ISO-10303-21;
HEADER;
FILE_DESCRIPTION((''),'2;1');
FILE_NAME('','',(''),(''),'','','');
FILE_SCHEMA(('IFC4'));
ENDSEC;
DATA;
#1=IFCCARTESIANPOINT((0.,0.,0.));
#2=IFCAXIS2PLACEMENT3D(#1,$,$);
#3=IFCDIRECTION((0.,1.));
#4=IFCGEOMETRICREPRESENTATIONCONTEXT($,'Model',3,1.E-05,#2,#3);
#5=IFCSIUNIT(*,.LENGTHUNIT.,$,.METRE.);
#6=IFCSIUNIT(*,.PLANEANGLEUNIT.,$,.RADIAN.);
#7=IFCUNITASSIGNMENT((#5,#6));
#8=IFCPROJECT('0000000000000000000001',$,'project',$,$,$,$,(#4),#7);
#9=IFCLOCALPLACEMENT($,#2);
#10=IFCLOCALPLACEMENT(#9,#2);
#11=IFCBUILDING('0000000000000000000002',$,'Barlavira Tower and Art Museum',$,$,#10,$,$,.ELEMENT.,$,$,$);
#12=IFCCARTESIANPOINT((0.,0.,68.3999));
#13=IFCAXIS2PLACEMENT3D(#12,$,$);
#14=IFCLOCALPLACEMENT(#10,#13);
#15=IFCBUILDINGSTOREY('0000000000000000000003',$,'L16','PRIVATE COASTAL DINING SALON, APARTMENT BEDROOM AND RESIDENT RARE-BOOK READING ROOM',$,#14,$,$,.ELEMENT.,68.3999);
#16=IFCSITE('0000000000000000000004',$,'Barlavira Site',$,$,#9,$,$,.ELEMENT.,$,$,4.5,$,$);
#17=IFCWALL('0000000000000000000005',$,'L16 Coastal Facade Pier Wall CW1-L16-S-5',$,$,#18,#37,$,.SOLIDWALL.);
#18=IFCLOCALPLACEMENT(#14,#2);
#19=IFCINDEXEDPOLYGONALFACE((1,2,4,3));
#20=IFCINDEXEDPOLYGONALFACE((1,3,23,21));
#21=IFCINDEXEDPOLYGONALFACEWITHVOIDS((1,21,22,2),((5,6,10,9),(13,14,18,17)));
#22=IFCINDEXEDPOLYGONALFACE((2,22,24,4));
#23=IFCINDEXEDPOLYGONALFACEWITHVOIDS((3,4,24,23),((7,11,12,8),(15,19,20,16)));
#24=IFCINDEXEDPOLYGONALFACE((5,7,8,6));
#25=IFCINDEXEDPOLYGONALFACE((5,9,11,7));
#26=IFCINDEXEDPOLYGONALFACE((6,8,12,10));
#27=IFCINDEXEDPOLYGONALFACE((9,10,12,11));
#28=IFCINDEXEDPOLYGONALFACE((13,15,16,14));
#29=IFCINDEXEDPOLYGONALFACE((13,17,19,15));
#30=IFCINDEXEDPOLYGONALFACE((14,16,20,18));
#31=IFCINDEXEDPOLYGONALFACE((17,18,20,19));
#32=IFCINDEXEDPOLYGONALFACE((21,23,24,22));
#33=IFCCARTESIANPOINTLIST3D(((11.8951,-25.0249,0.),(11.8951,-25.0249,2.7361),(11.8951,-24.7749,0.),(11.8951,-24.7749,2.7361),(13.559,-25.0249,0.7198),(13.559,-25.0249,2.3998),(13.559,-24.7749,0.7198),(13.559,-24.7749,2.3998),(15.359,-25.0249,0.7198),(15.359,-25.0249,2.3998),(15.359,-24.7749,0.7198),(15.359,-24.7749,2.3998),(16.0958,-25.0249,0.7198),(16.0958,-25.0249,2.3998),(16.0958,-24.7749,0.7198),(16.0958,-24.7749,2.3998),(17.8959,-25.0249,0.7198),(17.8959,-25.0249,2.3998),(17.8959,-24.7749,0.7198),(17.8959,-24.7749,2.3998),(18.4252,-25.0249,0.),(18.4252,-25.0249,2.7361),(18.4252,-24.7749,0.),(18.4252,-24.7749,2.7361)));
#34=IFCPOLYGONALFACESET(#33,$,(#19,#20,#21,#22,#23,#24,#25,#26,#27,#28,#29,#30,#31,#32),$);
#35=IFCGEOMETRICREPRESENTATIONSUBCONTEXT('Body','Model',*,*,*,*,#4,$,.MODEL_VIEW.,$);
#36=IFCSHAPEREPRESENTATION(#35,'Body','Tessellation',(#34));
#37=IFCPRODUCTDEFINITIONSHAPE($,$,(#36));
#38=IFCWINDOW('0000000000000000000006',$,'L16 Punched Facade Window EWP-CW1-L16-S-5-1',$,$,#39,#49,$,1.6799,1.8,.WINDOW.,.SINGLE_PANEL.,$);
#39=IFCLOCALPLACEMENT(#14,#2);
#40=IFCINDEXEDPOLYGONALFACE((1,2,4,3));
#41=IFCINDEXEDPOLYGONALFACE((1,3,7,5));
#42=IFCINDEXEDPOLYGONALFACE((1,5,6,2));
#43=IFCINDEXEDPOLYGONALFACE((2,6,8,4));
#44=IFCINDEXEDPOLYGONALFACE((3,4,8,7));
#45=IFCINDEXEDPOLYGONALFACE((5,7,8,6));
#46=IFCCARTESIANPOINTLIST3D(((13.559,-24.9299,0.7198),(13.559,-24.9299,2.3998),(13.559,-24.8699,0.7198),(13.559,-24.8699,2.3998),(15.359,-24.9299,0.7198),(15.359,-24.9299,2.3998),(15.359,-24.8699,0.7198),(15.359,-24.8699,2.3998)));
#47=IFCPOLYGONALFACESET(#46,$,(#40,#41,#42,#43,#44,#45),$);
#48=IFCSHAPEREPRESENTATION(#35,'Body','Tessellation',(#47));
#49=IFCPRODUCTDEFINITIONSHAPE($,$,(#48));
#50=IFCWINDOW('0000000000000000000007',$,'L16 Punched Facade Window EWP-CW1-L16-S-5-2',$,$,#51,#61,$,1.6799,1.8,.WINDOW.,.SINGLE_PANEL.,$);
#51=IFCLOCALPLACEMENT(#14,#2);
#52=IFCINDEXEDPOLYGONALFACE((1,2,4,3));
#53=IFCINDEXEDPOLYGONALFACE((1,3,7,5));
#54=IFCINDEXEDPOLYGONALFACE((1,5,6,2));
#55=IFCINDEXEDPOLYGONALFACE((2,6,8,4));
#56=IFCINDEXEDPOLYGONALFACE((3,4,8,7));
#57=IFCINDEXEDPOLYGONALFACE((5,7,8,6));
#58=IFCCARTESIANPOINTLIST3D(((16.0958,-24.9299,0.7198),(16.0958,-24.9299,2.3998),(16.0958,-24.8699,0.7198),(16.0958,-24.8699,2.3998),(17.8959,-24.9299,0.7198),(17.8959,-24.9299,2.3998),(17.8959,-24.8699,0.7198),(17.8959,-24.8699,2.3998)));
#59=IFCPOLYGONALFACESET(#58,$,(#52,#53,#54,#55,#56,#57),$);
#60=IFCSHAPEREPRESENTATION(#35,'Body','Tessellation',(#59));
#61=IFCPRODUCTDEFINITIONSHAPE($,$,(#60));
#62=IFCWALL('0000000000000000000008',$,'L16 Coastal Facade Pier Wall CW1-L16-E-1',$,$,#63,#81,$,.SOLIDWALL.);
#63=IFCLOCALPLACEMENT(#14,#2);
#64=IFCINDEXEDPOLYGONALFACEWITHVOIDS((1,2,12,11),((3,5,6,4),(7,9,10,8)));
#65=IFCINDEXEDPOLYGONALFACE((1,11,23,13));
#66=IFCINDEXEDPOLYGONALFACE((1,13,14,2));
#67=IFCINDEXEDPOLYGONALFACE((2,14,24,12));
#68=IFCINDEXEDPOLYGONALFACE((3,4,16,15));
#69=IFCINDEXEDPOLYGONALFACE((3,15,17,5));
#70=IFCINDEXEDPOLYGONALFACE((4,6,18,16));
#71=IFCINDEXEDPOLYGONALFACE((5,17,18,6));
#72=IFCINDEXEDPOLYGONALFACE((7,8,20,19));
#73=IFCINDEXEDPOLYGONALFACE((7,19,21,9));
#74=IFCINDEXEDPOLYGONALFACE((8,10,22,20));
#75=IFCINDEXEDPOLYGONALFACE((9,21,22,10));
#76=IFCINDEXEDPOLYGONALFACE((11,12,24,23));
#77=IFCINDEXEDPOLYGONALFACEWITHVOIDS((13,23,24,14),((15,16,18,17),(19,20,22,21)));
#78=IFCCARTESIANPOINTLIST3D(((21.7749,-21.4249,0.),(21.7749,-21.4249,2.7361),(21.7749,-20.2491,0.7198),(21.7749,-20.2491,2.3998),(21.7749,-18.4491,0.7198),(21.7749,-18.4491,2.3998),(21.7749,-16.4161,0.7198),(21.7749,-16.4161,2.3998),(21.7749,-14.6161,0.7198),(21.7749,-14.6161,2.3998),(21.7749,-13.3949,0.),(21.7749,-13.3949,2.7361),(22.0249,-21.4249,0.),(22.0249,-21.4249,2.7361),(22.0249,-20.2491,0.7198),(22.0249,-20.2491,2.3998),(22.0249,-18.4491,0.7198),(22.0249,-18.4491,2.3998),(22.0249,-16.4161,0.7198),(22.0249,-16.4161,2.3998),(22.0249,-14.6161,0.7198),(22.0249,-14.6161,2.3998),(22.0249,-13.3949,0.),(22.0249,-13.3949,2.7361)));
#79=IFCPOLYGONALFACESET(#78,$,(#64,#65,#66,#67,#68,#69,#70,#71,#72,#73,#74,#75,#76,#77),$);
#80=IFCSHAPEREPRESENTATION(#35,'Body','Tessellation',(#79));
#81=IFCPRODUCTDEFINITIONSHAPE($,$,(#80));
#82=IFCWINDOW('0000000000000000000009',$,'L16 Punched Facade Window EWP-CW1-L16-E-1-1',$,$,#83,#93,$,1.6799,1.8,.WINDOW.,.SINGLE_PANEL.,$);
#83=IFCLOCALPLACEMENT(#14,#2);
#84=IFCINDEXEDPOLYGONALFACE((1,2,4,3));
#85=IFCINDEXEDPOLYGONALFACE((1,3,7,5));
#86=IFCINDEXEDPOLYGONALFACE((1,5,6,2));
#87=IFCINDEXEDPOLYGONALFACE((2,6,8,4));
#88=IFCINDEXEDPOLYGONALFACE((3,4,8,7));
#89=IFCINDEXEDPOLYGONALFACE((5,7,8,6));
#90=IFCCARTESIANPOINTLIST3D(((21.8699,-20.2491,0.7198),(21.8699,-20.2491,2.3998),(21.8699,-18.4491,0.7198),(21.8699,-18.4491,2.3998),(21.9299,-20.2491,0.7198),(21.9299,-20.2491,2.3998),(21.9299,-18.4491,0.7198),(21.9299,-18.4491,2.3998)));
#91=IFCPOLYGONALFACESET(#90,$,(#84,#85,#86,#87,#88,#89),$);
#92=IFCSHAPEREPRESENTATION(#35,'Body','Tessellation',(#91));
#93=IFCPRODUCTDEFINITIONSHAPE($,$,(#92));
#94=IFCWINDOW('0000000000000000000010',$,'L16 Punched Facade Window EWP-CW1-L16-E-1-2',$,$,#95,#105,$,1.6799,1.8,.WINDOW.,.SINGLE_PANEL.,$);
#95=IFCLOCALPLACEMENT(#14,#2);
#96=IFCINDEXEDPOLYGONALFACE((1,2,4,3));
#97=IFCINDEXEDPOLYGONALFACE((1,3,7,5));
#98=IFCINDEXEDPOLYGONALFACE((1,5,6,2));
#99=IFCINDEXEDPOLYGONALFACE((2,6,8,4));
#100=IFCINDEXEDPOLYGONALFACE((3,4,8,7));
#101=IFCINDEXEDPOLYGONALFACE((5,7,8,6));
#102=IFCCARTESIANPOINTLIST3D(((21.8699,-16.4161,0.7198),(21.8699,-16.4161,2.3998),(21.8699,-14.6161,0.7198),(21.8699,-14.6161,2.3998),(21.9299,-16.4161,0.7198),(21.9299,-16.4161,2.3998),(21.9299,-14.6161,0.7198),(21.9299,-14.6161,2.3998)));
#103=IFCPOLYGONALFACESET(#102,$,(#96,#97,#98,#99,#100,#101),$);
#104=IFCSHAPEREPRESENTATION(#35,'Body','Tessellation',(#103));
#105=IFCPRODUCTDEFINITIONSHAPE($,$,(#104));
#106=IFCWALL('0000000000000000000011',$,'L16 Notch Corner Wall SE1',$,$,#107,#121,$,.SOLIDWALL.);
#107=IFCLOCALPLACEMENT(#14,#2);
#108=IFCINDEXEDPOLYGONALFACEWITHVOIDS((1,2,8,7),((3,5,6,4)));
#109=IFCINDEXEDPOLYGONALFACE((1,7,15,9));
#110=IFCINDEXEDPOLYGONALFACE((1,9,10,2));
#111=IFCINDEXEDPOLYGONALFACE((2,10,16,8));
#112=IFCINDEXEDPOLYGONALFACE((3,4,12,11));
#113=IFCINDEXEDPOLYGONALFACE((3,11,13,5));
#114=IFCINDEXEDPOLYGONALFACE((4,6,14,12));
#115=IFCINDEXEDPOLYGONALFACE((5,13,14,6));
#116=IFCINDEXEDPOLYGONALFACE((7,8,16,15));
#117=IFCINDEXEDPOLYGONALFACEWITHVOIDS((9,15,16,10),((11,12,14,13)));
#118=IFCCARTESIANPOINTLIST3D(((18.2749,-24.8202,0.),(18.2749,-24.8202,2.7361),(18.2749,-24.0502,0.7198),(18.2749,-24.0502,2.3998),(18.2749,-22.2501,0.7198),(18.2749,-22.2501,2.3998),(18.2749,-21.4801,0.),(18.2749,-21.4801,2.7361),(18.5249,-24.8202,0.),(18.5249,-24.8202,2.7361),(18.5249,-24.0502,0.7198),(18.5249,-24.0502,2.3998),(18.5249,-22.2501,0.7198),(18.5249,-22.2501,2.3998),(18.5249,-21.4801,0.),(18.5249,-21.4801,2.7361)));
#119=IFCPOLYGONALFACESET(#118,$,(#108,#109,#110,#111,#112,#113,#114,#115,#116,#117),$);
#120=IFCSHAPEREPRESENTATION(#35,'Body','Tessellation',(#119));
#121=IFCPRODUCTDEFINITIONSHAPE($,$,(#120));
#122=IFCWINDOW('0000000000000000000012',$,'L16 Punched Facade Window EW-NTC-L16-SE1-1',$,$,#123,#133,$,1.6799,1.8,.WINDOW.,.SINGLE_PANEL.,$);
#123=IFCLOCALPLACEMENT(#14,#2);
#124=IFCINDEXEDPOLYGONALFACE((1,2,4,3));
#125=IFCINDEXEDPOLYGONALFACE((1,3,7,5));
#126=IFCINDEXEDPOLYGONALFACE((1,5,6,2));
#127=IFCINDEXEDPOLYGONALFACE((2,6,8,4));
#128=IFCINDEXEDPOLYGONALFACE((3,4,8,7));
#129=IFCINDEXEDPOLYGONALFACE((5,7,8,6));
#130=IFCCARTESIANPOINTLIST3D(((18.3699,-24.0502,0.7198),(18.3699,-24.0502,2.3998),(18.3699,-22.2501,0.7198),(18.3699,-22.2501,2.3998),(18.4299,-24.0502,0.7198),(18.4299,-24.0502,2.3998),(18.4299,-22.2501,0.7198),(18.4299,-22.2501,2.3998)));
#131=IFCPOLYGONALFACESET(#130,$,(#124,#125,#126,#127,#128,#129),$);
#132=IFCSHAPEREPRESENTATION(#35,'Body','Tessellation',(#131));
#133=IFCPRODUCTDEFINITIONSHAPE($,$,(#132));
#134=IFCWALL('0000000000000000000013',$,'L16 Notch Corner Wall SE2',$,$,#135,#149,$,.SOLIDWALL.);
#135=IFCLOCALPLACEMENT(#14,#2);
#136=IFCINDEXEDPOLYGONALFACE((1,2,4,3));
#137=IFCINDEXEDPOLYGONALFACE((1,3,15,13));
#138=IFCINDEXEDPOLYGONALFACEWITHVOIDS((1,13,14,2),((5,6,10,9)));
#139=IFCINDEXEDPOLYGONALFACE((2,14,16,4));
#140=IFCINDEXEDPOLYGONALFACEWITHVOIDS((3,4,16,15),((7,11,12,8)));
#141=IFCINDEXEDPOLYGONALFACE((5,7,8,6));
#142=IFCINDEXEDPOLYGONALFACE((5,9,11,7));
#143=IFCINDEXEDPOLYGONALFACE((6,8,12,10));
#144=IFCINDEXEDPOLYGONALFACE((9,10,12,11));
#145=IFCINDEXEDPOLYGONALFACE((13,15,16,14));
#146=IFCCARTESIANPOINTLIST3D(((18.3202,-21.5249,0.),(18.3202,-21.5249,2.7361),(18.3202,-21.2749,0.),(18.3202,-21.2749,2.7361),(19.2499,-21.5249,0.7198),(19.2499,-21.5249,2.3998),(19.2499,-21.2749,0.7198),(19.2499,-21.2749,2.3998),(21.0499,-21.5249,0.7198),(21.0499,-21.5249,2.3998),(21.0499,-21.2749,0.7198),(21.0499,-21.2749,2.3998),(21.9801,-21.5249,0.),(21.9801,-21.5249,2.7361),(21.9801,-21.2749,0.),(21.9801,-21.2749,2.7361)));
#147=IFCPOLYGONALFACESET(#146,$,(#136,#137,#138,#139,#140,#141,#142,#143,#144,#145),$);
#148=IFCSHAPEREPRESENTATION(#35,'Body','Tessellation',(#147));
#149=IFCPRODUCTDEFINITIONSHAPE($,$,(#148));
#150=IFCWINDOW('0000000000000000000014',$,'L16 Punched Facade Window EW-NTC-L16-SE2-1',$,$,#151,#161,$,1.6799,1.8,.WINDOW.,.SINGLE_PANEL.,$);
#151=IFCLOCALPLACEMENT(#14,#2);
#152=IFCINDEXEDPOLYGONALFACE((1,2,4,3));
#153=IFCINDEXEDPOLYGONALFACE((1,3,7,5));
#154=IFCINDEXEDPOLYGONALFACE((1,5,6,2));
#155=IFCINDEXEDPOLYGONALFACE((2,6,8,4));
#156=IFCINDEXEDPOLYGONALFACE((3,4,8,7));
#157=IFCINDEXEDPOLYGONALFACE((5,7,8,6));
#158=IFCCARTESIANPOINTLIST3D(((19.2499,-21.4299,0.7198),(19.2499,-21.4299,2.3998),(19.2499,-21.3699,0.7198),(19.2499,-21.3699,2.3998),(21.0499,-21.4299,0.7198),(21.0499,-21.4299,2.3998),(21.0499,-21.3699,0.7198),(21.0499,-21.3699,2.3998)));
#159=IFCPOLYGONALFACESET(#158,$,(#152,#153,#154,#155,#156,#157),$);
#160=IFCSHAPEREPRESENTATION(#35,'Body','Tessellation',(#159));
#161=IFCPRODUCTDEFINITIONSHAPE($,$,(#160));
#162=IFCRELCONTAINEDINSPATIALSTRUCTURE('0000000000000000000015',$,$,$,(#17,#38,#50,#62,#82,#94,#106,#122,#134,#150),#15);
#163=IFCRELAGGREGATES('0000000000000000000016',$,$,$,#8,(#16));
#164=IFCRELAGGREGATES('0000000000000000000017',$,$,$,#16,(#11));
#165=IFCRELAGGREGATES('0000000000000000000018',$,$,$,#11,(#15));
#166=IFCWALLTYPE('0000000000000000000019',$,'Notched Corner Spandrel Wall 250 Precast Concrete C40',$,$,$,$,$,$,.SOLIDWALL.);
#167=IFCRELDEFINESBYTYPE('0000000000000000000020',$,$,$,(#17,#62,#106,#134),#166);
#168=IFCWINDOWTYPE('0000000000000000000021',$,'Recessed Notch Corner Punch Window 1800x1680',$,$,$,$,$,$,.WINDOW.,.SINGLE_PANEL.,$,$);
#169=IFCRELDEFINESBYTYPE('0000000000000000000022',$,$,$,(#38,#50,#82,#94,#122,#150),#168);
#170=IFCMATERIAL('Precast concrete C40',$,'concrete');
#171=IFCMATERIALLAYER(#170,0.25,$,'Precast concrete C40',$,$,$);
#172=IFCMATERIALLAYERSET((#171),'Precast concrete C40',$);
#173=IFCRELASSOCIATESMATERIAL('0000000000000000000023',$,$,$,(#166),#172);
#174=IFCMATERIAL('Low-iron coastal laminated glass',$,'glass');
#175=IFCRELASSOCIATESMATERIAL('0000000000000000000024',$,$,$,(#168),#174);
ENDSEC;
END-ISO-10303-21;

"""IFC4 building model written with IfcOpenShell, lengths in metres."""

from ifc_helpers import new_model, si_unit, direction, frame, frame_2d, origin, place, context, subcontext, project, spatial, rectangle, extrude, material, layer, layer_set, type_object, element, fill, save


model = new_model("IFC4")

# Units and contexts
model_context = context("Model", 3, precision=1e-05, world=origin(), true_north=direction((0.0, 1.0)))
body_context = subcontext(model_context, "Body", "Model", "MODEL_VIEW")
ifc_project = project(units=[si_unit("LENGTHUNIT", "METRE"), si_unit("PLANEANGLEUNIT", "RADIAN")], contexts=[model_context])

# Site, building, storey
site_placement = place(None, origin())
site = spatial("IfcSite", under=ifc_project, at=site_placement, Name="Barlavira Site", CompositionType="ELEMENT", RefElevation=4.5)
building_placement = place(site_placement, origin())
building = spatial("IfcBuilding", under=site, at=building_placement, Name="Barlavira Tower and Art Museum", CompositionType="ELEMENT")
storey_placement = place(building_placement, frame((0.0, 0.0, 68.3999)))
storey = spatial("IfcBuildingStorey", under=building, at=storey_placement, Name="L16", Description="PRIVATE COASTAL DINING SALON, APARTMENT BEDROOM AND RESIDENT RARE-BOOK READING ROOM", CompositionType="ELEMENT", Elevation=68.3999)

# Walls, openings, windows
ifc_material_1 = material(Name="Precast concrete C40", Category="concrete")
ifc_layer_1 = layer(ifc_material_1, 0.25, Name="Precast concrete C40")
ifc_layer_set_1 = layer_set([ifc_layer_1], Name="Precast concrete C40")
wall_type_1 = type_object("IfcWallType", Name="Notched Corner Spandrel Wall 250 Precast Concrete C40", PredefinedType="SOLIDWALL", material=ifc_layer_set_1)
wall_1_placement = place(storey_placement, frame((11.895, -24.8999, 0.0), z_axis=(0.0, 0.0, 1.0), x_axis=(1.0, 0.0, 0.0)))
wall_1 = element("IfcWall", 1, at=wall_1_placement, inside=storey, type_object=wall_type_1, Name="L16 Coastal Facade Pier Wall CW1-L16-S-5", PredefinedType="SOLIDWALL", context=body_context, shape_type="SweptSolid", body=[
    extrude(rectangle(XDim=6.53, YDim=0.25, at=frame_2d((3.2651, 0.0))), origin(), (0.0, 0.0, 1.0), 2.7361),
])
opening_1_placement = place(wall_1_placement, frame((1.6641, 0.0, 0.72)))
opening_1 = element("IfcOpeningElement", 2, at=opening_1_placement, cuts=wall_1, PredefinedType="OPENING", context=body_context, shape_type="SweptSolid", body=[
    extrude(rectangle(XDim=1.8, YDim=1.6799, at=frame_2d((0.8999, 0.8398))), frame((0.0, 0.135, 0.0), z_axis=(0.0, -1.0, 0.0), x_axis=(1.0, 0.0, 0.0)), (0.0, 0.0, 1.0), 0.27),
])
opening_2_placement = place(wall_1_placement, frame((4.2009, 0.0, 0.72)))
opening_2 = element("IfcOpeningElement", 3, at=opening_2_placement, cuts=wall_1, PredefinedType="OPENING", context=body_context, shape_type="SweptSolid", body=[
    extrude(rectangle(XDim=1.8, YDim=1.6799, at=frame_2d((0.8999, 0.8398))), frame((0.0, 0.135, 0.0), z_axis=(0.0, -1.0, 0.0), x_axis=(1.0, 0.0, 0.0)), (0.0, 0.0, 1.0), 0.27),
])
ifc_material_2 = material(Name="Low-iron coastal laminated glass", Category="glass")
window_type = type_object("IfcWindowType", Name="Recessed Notch Corner Punch Window 1800x1680", PartitioningType="SINGLE_PANEL", PredefinedType="WINDOW", material=ifc_material_2)
window_1_placement = place(opening_1_placement, origin())
window_1 = element("IfcWindow", 4, at=window_1_placement, inside=storey, type_object=window_type, Name="L16 Punched Facade Window EWP-CW1-L16-S-5-1", OverallHeight=1.6799, OverallWidth=1.8, PartitioningType="SINGLE_PANEL", PredefinedType="WINDOW", context=body_context, shape_type="SweptSolid", body=[
    extrude(rectangle(XDim=1.8, YDim=1.6799, at=frame_2d((0.8999, 0.8398))), frame((0.0, 0.03, 0.0), z_axis=(0.0, -1.0, 0.0), x_axis=(1.0, 0.0, 0.0)), (0.0, 0.0, 1.0), 0.0601),
])
fill(opening_1, window_1)
window_2_placement = place(opening_2_placement, origin())
window_2 = element("IfcWindow", 5, at=window_2_placement, inside=storey, type_object=window_type, Name="L16 Punched Facade Window EWP-CW1-L16-S-5-2", OverallHeight=1.6799, OverallWidth=1.8, PartitioningType="SINGLE_PANEL", PredefinedType="WINDOW", context=body_context, shape_type="SweptSolid", body=[
    extrude(rectangle(XDim=1.8, YDim=1.6799, at=frame_2d((0.8999, 0.8398))), frame((0.0, 0.03, 0.0), z_axis=(0.0, -1.0, 0.0), x_axis=(1.0, 0.0, 0.0)), (0.0, 0.0, 1.0), 0.0601),
])
fill(opening_2, window_2)
wall_2_placement = place(storey_placement, frame((21.8999, -21.425, 0.0), z_axis=(0.0, 0.0, 1.0), x_axis=(0.0, 1.0, 0.0)))
wall_2 = element("IfcWall", 6, at=wall_2_placement, inside=storey, type_object=wall_type_1, Name="L16 Coastal Facade Pier Wall CW1-L16-E-1", PredefinedType="SOLIDWALL", context=body_context, shape_type="SweptSolid", body=[
    extrude(rectangle(XDim=8.03, YDim=0.25, at=frame_2d((4.0151, 0.0))), origin(), (0.0, 0.0, 1.0), 2.7361),
])
opening_3_placement = place(wall_2_placement, frame((1.176, 0.0, 0.72)))
opening_3 = element("IfcOpeningElement", 7, at=opening_3_placement, cuts=wall_2, PredefinedType="OPENING", context=body_context, shape_type="SweptSolid", body=[
    extrude(rectangle(XDim=1.8, YDim=1.6799, at=frame_2d((0.8999, 0.8398))), frame((0.0, 0.135, 0.0), z_axis=(0.0, -1.0, 0.0), x_axis=(1.0, 0.0, 0.0)), (0.0, 0.0, 1.0), 0.27),
])
opening_4_placement = place(wall_2_placement, frame((5.009, 0.0, 0.72)))
opening_4 = element("IfcOpeningElement", 8, at=opening_4_placement, cuts=wall_2, PredefinedType="OPENING", context=body_context, shape_type="SweptSolid", body=[
    extrude(rectangle(XDim=1.8, YDim=1.6799, at=frame_2d((0.8999, 0.8398))), frame((0.0, 0.135, 0.0), z_axis=(0.0, -1.0, 0.0), x_axis=(1.0, 0.0, 0.0)), (0.0, 0.0, 1.0), 0.27),
])
window_3_placement = place(opening_3_placement, origin())
window_3 = element("IfcWindow", 9, at=window_3_placement, inside=storey, type_object=window_type, Name="L16 Punched Facade Window EWP-CW1-L16-E-1-1", OverallHeight=1.6799, OverallWidth=1.8, PartitioningType="SINGLE_PANEL", PredefinedType="WINDOW", context=body_context, shape_type="SweptSolid", body=[
    extrude(rectangle(XDim=1.8, YDim=1.6799, at=frame_2d((0.8999, 0.8398))), frame((0.0, 0.03, 0.0), z_axis=(0.0, -1.0, 0.0), x_axis=(1.0, 0.0, 0.0)), (0.0, 0.0, 1.0), 0.0601),
])
fill(opening_3, window_3)
window_4_placement = place(opening_4_placement, origin())
window_4 = element("IfcWindow", 10, at=window_4_placement, inside=storey, type_object=window_type, Name="L16 Punched Facade Window EWP-CW1-L16-E-1-2", OverallHeight=1.6799, OverallWidth=1.8, PartitioningType="SINGLE_PANEL", PredefinedType="WINDOW", context=body_context, shape_type="SweptSolid", body=[
    extrude(rectangle(XDim=1.8, YDim=1.6799, at=frame_2d((0.8999, 0.8398))), frame((0.0, 0.03, 0.0), z_axis=(0.0, -1.0, 0.0), x_axis=(1.0, 0.0, 0.0)), (0.0, 0.0, 1.0), 0.0601),
])
fill(opening_4, window_4)

# Walls, openings, windows
wall_3_placement = place(storey_placement, frame((18.3999, -24.8201, 0.0), z_axis=(0.0, 0.0, 1.0), x_axis=(0.0, 1.0, 0.0)))
wall_3 = element("IfcWall", 11, at=wall_3_placement, inside=storey, type_object=wall_type_1, Name="L16 Notch Corner Wall SE1", PredefinedType="SOLIDWALL", context=body_context, shape_type="SweptSolid", body=[
    extrude(rectangle(XDim=3.3401, YDim=0.25, at=frame_2d((1.6699, 0.0))), origin(), (0.0, 0.0, 1.0), 2.7361),
])
opening_5_placement = place(wall_3_placement, frame((0.77, 0.0, 0.72)))
opening_5 = element("IfcOpeningElement", 12, at=opening_5_placement, cuts=wall_3, PredefinedType="OPENING", context=body_context, shape_type="SweptSolid", body=[
    extrude(rectangle(XDim=1.8, YDim=1.6799, at=frame_2d((0.8999, 0.8398))), frame((0.0, 0.135, 0.0), z_axis=(0.0, -1.0, 0.0), x_axis=(1.0, 0.0, 0.0)), (0.0, 0.0, 1.0), 0.27),
])
window_5_placement = place(opening_5_placement, origin())
window_5 = element("IfcWindow", 13, at=window_5_placement, inside=storey, type_object=window_type, Name="L16 Punched Facade Window EW-NTC-L16-SE1-1", OverallHeight=1.6799, OverallWidth=1.8, PartitioningType="SINGLE_PANEL", PredefinedType="WINDOW", context=body_context, shape_type="SweptSolid", body=[
    extrude(rectangle(XDim=1.8, YDim=1.6799, at=frame_2d((0.8999, 0.8398))), frame((0.0, 0.03, 0.0), z_axis=(0.0, -1.0, 0.0), x_axis=(1.0, 0.0, 0.0)), (0.0, 0.0, 1.0), 0.0601),
])
fill(opening_5, window_5)
wall_4_placement = place(storey_placement, frame((18.3201, -21.3999, 0.0), z_axis=(0.0, 0.0, 1.0), x_axis=(1.0, 0.0, 0.0)))
wall_4 = element("IfcWall", 14, at=wall_4_placement, inside=storey, type_object=wall_type_1, Name="L16 Notch Corner Wall SE2", PredefinedType="SOLIDWALL", context=body_context, shape_type="SweptSolid", body=[
    extrude(rectangle(XDim=3.6599, YDim=0.25, at=frame_2d((1.8301, 0.0))), origin(), (0.0, 0.0, 1.0), 2.7361),
])
opening_6_placement = place(wall_4_placement, frame((0.9299, 0.0, 0.72)))
opening_6 = element("IfcOpeningElement", 15, at=opening_6_placement, cuts=wall_4, PredefinedType="OPENING", context=body_context, shape_type="SweptSolid", body=[
    extrude(rectangle(XDim=1.8, YDim=1.6799, at=frame_2d((0.8999, 0.8398))), frame((0.0, 0.135, 0.0), z_axis=(0.0, -1.0, 0.0), x_axis=(1.0, 0.0, 0.0)), (0.0, 0.0, 1.0), 0.27),
])
window_6_placement = place(opening_6_placement, origin())
window_6 = element("IfcWindow", 16, at=window_6_placement, inside=storey, type_object=window_type, Name="L16 Punched Facade Window EW-NTC-L16-SE2-1", OverallHeight=1.6799, OverallWidth=1.8, PartitioningType="SINGLE_PANEL", PredefinedType="WINDOW", context=body_context, shape_type="SweptSolid", body=[
    extrude(rectangle(XDim=1.8, YDim=1.6799, at=frame_2d((0.8999, 0.8398))), frame((0.0, 0.03, 0.0), z_axis=(0.0, -1.0, 0.0), x_axis=(1.0, 0.0, 0.0)), (0.0, 0.0, 1.0), 0.0601),
])
fill(opening_6, window_6)

save(model, "model.ifc")
